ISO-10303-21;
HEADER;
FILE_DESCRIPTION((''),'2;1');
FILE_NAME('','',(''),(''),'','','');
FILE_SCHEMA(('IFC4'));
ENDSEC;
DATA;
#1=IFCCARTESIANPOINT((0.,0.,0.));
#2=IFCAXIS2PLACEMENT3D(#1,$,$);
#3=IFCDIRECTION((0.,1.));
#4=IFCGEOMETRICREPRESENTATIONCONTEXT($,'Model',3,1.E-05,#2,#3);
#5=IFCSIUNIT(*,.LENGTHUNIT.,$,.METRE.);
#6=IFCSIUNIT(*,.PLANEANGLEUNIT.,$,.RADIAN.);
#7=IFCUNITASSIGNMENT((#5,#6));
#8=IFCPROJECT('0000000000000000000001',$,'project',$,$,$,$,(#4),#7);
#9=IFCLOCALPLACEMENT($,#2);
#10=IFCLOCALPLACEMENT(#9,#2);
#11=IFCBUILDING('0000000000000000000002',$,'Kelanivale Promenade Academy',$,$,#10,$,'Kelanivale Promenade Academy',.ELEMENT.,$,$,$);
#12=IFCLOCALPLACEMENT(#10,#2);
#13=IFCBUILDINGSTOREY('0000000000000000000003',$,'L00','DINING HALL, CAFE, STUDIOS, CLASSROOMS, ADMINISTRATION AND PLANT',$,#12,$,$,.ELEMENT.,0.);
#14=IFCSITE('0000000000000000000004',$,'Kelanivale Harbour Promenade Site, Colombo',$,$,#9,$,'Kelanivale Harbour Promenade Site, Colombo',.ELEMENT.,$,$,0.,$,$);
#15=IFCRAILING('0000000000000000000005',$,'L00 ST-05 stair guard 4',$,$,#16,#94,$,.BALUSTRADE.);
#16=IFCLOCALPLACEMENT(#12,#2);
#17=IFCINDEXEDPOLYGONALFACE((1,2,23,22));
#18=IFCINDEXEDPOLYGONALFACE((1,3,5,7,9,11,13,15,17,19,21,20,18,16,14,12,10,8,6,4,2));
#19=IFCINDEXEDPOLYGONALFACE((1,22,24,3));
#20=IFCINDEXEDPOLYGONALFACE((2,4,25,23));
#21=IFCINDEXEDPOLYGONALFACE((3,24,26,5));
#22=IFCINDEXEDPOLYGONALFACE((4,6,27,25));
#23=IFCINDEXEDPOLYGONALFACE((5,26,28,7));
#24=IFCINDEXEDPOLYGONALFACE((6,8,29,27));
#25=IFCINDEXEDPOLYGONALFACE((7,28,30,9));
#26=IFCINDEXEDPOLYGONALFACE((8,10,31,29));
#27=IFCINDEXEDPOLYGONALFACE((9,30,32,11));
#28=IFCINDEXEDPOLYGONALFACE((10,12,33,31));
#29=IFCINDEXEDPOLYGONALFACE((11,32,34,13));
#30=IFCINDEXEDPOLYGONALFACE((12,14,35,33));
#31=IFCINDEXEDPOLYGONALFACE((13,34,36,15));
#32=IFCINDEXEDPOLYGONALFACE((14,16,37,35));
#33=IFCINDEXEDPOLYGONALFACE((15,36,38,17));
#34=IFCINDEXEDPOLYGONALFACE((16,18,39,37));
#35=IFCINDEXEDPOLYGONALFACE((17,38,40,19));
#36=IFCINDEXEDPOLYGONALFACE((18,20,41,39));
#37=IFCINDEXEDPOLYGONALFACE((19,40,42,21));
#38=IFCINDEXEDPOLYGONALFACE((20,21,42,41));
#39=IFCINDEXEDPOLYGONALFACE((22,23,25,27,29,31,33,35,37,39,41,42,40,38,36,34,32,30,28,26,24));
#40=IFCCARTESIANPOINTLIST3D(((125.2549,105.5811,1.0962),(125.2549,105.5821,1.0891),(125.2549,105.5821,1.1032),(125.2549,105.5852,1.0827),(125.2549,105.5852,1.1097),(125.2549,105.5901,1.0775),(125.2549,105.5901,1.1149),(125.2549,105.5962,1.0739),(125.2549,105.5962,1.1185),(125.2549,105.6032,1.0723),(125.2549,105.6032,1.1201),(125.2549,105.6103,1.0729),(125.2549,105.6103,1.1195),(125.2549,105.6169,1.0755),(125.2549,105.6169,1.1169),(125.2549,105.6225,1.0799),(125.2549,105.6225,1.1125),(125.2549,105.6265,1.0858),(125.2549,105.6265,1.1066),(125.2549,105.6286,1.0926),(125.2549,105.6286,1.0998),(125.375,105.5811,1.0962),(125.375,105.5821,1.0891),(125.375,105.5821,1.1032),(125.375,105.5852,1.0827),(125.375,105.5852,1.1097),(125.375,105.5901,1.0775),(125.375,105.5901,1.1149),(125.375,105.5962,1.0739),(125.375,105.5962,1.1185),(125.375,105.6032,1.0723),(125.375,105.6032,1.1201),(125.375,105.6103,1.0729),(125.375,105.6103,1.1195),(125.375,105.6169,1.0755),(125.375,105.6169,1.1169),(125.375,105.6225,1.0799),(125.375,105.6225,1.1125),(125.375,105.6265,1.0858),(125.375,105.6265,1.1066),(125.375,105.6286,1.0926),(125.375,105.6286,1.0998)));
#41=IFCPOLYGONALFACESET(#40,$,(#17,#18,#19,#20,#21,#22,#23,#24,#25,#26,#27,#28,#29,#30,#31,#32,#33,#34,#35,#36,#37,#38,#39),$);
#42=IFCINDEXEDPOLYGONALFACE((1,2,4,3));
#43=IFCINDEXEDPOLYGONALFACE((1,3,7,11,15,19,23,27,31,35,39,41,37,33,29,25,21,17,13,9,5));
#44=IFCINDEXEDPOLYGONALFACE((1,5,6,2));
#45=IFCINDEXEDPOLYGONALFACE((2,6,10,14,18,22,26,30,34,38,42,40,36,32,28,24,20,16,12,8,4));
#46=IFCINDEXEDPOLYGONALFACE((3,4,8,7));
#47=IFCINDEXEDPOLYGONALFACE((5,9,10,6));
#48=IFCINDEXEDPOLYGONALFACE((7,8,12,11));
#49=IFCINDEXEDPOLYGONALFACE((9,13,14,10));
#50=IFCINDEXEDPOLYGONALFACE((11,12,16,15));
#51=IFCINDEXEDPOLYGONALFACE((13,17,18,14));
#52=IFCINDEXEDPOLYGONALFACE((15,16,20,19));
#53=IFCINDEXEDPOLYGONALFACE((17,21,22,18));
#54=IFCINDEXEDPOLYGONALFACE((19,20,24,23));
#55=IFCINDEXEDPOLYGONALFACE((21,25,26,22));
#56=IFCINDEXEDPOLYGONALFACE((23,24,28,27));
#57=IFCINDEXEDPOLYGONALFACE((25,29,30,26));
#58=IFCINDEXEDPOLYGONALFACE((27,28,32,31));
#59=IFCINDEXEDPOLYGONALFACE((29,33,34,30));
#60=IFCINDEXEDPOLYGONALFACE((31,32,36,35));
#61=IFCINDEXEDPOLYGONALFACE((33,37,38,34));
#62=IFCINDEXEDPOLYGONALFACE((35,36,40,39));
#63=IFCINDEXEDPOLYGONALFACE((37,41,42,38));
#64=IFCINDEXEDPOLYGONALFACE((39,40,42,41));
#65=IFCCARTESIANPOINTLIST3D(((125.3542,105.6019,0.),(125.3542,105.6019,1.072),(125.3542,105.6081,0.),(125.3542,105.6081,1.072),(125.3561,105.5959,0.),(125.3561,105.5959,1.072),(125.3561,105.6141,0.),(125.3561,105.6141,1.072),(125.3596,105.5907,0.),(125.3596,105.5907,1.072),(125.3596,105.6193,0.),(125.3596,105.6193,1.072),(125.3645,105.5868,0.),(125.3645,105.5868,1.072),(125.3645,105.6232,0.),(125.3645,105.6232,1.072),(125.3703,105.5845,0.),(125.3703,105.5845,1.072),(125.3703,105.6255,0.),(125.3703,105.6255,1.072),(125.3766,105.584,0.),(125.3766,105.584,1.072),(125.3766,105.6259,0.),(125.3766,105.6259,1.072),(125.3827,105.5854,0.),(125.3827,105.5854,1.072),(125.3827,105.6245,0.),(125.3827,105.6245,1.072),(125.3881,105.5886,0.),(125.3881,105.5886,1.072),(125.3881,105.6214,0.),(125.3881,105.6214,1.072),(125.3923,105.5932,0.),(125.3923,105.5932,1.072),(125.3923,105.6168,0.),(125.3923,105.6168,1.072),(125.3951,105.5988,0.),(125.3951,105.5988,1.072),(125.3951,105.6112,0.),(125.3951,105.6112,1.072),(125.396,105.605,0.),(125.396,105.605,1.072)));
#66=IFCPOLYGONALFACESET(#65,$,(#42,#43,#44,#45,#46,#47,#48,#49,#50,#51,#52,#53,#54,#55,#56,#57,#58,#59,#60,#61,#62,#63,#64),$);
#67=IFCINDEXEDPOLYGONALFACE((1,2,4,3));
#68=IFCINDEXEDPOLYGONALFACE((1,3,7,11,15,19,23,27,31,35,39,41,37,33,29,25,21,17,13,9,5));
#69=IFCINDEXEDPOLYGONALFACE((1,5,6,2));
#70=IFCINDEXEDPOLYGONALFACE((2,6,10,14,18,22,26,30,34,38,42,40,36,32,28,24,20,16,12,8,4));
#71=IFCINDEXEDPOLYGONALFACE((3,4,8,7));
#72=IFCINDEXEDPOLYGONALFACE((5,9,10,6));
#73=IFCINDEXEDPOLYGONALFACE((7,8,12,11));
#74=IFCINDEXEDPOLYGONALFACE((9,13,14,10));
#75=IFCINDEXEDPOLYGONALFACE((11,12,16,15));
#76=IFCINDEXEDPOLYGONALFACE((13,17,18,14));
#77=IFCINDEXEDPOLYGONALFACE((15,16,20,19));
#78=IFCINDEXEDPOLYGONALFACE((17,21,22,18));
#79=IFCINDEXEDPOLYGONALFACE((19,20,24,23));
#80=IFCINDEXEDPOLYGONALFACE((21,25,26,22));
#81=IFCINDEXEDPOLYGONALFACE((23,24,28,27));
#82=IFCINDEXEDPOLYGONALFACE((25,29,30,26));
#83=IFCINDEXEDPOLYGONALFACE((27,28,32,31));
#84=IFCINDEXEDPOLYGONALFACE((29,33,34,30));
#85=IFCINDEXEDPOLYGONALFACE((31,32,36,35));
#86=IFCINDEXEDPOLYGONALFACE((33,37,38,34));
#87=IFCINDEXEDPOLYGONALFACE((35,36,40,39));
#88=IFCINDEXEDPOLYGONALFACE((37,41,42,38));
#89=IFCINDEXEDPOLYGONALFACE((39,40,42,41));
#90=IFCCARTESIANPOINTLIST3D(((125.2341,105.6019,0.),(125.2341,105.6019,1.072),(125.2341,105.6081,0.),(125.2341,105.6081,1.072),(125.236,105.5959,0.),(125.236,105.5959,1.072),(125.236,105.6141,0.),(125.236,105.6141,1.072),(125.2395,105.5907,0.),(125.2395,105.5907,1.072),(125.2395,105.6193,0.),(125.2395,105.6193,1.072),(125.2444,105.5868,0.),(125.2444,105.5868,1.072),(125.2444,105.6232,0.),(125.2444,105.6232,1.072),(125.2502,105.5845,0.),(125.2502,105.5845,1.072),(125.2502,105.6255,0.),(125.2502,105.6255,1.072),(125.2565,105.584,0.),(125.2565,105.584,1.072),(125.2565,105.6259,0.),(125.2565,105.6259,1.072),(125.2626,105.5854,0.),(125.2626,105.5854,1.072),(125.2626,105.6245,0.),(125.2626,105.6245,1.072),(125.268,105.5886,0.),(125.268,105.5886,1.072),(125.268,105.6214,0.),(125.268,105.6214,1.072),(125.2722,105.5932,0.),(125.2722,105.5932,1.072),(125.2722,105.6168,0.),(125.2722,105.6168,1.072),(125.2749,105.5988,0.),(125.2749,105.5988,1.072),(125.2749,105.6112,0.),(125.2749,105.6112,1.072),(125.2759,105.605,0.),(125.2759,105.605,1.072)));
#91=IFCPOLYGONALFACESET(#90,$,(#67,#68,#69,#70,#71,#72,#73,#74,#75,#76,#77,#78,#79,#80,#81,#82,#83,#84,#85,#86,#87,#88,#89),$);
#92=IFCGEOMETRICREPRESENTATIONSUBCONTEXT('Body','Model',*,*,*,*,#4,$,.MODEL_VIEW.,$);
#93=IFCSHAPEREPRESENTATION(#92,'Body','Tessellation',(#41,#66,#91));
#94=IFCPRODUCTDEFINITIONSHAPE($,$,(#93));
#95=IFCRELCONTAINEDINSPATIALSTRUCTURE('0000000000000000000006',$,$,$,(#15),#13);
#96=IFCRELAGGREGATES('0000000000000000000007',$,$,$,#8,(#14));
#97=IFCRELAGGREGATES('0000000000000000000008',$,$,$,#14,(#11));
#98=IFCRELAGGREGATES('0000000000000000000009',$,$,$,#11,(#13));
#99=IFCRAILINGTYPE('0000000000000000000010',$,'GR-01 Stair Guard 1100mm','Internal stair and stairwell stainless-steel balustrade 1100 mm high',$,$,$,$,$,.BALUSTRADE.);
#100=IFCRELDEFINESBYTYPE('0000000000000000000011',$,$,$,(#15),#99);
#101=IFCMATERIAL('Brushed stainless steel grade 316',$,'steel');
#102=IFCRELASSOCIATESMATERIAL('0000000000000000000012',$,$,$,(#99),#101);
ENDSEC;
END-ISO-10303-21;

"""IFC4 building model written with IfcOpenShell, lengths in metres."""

from ifc_helpers import new_model, si_unit, direction, frame, origin, origin_2d, place, context, subcontext, project, spatial, circle, extrude, material, type_object, element, save


model = new_model("IFC4")

# Units and contexts
model_context = context("Model", 3, precision=1e-05, world=origin(), true_north=direction((0.0, 1.0)))
body_context = subcontext(model_context, "Body", "Model", "MODEL_VIEW")
ifc_project = project(units=[si_unit("LENGTHUNIT", "METRE"), si_unit("PLANEANGLEUNIT", "RADIAN")], contexts=[model_context])

# Site, building, storey
site_placement = place(None, origin())
site = spatial("IfcSite", under=ifc_project, at=site_placement, Name="Kelanivale Harbour Promenade Site, Colombo", LongName="Kelanivale Harbour Promenade Site, Colombo", CompositionType="ELEMENT", RefElevation=0.0)
building_placement = place(site_placement, origin())
building = spatial("IfcBuilding", under=site, at=building_placement, Name="Kelanivale Promenade Academy", LongName="Kelanivale Promenade Academy", CompositionType="ELEMENT")
storey_placement = place(building_placement, origin())
storey = spatial("IfcBuildingStorey", under=building, at=storey_placement, Name="L00", Description="DINING HALL, CAFE, STUDIOS, CLASSROOMS, ADMINISTRATION AND PLANT", CompositionType="ELEMENT", Elevation=0.0)

# Railing
ifc_material_1 = material(Name="Brushed stainless steel grade 316", Category="steel")
railing_type_1 = type_object("IfcRailingType", Name="GR-01 Stair Guard 1100mm", Description="Internal stair and stairwell stainless-steel balustrade 1100 mm high", PredefinedType="BALUSTRADE", material=ifc_material_1)
railing_1_placement = place(storey_placement, frame((125.375, 105.605, 0.0)))
element("IfcRailing", 1, at=railing_1_placement, inside=storey, type_object=railing_type_1, Name="L00 ST-05 stair guard 4", PredefinedType="BALUSTRADE", context=body_context, shape_type="SweptSolid", body=[
    extrude(circle(Radius=0.0239, at=origin_2d()), frame((0.0, 0.0, 1.0962), z_axis=(-1.0, 0.0, 0.0), x_axis=(0.0, -1.0, 0.0)), (0.0, 0.0, 1.0), 0.1201),
    extrude(circle(Radius=0.021, at=origin_2d()), origin(), (0.0, 0.0, 1.0), 1.072),
    extrude(circle(Radius=0.021, at=origin_2d()), frame((-0.1201, 0.0, 0.0)), (0.0, 0.0, 1.0), 1.072),
])

save(model, "model.ifc")
